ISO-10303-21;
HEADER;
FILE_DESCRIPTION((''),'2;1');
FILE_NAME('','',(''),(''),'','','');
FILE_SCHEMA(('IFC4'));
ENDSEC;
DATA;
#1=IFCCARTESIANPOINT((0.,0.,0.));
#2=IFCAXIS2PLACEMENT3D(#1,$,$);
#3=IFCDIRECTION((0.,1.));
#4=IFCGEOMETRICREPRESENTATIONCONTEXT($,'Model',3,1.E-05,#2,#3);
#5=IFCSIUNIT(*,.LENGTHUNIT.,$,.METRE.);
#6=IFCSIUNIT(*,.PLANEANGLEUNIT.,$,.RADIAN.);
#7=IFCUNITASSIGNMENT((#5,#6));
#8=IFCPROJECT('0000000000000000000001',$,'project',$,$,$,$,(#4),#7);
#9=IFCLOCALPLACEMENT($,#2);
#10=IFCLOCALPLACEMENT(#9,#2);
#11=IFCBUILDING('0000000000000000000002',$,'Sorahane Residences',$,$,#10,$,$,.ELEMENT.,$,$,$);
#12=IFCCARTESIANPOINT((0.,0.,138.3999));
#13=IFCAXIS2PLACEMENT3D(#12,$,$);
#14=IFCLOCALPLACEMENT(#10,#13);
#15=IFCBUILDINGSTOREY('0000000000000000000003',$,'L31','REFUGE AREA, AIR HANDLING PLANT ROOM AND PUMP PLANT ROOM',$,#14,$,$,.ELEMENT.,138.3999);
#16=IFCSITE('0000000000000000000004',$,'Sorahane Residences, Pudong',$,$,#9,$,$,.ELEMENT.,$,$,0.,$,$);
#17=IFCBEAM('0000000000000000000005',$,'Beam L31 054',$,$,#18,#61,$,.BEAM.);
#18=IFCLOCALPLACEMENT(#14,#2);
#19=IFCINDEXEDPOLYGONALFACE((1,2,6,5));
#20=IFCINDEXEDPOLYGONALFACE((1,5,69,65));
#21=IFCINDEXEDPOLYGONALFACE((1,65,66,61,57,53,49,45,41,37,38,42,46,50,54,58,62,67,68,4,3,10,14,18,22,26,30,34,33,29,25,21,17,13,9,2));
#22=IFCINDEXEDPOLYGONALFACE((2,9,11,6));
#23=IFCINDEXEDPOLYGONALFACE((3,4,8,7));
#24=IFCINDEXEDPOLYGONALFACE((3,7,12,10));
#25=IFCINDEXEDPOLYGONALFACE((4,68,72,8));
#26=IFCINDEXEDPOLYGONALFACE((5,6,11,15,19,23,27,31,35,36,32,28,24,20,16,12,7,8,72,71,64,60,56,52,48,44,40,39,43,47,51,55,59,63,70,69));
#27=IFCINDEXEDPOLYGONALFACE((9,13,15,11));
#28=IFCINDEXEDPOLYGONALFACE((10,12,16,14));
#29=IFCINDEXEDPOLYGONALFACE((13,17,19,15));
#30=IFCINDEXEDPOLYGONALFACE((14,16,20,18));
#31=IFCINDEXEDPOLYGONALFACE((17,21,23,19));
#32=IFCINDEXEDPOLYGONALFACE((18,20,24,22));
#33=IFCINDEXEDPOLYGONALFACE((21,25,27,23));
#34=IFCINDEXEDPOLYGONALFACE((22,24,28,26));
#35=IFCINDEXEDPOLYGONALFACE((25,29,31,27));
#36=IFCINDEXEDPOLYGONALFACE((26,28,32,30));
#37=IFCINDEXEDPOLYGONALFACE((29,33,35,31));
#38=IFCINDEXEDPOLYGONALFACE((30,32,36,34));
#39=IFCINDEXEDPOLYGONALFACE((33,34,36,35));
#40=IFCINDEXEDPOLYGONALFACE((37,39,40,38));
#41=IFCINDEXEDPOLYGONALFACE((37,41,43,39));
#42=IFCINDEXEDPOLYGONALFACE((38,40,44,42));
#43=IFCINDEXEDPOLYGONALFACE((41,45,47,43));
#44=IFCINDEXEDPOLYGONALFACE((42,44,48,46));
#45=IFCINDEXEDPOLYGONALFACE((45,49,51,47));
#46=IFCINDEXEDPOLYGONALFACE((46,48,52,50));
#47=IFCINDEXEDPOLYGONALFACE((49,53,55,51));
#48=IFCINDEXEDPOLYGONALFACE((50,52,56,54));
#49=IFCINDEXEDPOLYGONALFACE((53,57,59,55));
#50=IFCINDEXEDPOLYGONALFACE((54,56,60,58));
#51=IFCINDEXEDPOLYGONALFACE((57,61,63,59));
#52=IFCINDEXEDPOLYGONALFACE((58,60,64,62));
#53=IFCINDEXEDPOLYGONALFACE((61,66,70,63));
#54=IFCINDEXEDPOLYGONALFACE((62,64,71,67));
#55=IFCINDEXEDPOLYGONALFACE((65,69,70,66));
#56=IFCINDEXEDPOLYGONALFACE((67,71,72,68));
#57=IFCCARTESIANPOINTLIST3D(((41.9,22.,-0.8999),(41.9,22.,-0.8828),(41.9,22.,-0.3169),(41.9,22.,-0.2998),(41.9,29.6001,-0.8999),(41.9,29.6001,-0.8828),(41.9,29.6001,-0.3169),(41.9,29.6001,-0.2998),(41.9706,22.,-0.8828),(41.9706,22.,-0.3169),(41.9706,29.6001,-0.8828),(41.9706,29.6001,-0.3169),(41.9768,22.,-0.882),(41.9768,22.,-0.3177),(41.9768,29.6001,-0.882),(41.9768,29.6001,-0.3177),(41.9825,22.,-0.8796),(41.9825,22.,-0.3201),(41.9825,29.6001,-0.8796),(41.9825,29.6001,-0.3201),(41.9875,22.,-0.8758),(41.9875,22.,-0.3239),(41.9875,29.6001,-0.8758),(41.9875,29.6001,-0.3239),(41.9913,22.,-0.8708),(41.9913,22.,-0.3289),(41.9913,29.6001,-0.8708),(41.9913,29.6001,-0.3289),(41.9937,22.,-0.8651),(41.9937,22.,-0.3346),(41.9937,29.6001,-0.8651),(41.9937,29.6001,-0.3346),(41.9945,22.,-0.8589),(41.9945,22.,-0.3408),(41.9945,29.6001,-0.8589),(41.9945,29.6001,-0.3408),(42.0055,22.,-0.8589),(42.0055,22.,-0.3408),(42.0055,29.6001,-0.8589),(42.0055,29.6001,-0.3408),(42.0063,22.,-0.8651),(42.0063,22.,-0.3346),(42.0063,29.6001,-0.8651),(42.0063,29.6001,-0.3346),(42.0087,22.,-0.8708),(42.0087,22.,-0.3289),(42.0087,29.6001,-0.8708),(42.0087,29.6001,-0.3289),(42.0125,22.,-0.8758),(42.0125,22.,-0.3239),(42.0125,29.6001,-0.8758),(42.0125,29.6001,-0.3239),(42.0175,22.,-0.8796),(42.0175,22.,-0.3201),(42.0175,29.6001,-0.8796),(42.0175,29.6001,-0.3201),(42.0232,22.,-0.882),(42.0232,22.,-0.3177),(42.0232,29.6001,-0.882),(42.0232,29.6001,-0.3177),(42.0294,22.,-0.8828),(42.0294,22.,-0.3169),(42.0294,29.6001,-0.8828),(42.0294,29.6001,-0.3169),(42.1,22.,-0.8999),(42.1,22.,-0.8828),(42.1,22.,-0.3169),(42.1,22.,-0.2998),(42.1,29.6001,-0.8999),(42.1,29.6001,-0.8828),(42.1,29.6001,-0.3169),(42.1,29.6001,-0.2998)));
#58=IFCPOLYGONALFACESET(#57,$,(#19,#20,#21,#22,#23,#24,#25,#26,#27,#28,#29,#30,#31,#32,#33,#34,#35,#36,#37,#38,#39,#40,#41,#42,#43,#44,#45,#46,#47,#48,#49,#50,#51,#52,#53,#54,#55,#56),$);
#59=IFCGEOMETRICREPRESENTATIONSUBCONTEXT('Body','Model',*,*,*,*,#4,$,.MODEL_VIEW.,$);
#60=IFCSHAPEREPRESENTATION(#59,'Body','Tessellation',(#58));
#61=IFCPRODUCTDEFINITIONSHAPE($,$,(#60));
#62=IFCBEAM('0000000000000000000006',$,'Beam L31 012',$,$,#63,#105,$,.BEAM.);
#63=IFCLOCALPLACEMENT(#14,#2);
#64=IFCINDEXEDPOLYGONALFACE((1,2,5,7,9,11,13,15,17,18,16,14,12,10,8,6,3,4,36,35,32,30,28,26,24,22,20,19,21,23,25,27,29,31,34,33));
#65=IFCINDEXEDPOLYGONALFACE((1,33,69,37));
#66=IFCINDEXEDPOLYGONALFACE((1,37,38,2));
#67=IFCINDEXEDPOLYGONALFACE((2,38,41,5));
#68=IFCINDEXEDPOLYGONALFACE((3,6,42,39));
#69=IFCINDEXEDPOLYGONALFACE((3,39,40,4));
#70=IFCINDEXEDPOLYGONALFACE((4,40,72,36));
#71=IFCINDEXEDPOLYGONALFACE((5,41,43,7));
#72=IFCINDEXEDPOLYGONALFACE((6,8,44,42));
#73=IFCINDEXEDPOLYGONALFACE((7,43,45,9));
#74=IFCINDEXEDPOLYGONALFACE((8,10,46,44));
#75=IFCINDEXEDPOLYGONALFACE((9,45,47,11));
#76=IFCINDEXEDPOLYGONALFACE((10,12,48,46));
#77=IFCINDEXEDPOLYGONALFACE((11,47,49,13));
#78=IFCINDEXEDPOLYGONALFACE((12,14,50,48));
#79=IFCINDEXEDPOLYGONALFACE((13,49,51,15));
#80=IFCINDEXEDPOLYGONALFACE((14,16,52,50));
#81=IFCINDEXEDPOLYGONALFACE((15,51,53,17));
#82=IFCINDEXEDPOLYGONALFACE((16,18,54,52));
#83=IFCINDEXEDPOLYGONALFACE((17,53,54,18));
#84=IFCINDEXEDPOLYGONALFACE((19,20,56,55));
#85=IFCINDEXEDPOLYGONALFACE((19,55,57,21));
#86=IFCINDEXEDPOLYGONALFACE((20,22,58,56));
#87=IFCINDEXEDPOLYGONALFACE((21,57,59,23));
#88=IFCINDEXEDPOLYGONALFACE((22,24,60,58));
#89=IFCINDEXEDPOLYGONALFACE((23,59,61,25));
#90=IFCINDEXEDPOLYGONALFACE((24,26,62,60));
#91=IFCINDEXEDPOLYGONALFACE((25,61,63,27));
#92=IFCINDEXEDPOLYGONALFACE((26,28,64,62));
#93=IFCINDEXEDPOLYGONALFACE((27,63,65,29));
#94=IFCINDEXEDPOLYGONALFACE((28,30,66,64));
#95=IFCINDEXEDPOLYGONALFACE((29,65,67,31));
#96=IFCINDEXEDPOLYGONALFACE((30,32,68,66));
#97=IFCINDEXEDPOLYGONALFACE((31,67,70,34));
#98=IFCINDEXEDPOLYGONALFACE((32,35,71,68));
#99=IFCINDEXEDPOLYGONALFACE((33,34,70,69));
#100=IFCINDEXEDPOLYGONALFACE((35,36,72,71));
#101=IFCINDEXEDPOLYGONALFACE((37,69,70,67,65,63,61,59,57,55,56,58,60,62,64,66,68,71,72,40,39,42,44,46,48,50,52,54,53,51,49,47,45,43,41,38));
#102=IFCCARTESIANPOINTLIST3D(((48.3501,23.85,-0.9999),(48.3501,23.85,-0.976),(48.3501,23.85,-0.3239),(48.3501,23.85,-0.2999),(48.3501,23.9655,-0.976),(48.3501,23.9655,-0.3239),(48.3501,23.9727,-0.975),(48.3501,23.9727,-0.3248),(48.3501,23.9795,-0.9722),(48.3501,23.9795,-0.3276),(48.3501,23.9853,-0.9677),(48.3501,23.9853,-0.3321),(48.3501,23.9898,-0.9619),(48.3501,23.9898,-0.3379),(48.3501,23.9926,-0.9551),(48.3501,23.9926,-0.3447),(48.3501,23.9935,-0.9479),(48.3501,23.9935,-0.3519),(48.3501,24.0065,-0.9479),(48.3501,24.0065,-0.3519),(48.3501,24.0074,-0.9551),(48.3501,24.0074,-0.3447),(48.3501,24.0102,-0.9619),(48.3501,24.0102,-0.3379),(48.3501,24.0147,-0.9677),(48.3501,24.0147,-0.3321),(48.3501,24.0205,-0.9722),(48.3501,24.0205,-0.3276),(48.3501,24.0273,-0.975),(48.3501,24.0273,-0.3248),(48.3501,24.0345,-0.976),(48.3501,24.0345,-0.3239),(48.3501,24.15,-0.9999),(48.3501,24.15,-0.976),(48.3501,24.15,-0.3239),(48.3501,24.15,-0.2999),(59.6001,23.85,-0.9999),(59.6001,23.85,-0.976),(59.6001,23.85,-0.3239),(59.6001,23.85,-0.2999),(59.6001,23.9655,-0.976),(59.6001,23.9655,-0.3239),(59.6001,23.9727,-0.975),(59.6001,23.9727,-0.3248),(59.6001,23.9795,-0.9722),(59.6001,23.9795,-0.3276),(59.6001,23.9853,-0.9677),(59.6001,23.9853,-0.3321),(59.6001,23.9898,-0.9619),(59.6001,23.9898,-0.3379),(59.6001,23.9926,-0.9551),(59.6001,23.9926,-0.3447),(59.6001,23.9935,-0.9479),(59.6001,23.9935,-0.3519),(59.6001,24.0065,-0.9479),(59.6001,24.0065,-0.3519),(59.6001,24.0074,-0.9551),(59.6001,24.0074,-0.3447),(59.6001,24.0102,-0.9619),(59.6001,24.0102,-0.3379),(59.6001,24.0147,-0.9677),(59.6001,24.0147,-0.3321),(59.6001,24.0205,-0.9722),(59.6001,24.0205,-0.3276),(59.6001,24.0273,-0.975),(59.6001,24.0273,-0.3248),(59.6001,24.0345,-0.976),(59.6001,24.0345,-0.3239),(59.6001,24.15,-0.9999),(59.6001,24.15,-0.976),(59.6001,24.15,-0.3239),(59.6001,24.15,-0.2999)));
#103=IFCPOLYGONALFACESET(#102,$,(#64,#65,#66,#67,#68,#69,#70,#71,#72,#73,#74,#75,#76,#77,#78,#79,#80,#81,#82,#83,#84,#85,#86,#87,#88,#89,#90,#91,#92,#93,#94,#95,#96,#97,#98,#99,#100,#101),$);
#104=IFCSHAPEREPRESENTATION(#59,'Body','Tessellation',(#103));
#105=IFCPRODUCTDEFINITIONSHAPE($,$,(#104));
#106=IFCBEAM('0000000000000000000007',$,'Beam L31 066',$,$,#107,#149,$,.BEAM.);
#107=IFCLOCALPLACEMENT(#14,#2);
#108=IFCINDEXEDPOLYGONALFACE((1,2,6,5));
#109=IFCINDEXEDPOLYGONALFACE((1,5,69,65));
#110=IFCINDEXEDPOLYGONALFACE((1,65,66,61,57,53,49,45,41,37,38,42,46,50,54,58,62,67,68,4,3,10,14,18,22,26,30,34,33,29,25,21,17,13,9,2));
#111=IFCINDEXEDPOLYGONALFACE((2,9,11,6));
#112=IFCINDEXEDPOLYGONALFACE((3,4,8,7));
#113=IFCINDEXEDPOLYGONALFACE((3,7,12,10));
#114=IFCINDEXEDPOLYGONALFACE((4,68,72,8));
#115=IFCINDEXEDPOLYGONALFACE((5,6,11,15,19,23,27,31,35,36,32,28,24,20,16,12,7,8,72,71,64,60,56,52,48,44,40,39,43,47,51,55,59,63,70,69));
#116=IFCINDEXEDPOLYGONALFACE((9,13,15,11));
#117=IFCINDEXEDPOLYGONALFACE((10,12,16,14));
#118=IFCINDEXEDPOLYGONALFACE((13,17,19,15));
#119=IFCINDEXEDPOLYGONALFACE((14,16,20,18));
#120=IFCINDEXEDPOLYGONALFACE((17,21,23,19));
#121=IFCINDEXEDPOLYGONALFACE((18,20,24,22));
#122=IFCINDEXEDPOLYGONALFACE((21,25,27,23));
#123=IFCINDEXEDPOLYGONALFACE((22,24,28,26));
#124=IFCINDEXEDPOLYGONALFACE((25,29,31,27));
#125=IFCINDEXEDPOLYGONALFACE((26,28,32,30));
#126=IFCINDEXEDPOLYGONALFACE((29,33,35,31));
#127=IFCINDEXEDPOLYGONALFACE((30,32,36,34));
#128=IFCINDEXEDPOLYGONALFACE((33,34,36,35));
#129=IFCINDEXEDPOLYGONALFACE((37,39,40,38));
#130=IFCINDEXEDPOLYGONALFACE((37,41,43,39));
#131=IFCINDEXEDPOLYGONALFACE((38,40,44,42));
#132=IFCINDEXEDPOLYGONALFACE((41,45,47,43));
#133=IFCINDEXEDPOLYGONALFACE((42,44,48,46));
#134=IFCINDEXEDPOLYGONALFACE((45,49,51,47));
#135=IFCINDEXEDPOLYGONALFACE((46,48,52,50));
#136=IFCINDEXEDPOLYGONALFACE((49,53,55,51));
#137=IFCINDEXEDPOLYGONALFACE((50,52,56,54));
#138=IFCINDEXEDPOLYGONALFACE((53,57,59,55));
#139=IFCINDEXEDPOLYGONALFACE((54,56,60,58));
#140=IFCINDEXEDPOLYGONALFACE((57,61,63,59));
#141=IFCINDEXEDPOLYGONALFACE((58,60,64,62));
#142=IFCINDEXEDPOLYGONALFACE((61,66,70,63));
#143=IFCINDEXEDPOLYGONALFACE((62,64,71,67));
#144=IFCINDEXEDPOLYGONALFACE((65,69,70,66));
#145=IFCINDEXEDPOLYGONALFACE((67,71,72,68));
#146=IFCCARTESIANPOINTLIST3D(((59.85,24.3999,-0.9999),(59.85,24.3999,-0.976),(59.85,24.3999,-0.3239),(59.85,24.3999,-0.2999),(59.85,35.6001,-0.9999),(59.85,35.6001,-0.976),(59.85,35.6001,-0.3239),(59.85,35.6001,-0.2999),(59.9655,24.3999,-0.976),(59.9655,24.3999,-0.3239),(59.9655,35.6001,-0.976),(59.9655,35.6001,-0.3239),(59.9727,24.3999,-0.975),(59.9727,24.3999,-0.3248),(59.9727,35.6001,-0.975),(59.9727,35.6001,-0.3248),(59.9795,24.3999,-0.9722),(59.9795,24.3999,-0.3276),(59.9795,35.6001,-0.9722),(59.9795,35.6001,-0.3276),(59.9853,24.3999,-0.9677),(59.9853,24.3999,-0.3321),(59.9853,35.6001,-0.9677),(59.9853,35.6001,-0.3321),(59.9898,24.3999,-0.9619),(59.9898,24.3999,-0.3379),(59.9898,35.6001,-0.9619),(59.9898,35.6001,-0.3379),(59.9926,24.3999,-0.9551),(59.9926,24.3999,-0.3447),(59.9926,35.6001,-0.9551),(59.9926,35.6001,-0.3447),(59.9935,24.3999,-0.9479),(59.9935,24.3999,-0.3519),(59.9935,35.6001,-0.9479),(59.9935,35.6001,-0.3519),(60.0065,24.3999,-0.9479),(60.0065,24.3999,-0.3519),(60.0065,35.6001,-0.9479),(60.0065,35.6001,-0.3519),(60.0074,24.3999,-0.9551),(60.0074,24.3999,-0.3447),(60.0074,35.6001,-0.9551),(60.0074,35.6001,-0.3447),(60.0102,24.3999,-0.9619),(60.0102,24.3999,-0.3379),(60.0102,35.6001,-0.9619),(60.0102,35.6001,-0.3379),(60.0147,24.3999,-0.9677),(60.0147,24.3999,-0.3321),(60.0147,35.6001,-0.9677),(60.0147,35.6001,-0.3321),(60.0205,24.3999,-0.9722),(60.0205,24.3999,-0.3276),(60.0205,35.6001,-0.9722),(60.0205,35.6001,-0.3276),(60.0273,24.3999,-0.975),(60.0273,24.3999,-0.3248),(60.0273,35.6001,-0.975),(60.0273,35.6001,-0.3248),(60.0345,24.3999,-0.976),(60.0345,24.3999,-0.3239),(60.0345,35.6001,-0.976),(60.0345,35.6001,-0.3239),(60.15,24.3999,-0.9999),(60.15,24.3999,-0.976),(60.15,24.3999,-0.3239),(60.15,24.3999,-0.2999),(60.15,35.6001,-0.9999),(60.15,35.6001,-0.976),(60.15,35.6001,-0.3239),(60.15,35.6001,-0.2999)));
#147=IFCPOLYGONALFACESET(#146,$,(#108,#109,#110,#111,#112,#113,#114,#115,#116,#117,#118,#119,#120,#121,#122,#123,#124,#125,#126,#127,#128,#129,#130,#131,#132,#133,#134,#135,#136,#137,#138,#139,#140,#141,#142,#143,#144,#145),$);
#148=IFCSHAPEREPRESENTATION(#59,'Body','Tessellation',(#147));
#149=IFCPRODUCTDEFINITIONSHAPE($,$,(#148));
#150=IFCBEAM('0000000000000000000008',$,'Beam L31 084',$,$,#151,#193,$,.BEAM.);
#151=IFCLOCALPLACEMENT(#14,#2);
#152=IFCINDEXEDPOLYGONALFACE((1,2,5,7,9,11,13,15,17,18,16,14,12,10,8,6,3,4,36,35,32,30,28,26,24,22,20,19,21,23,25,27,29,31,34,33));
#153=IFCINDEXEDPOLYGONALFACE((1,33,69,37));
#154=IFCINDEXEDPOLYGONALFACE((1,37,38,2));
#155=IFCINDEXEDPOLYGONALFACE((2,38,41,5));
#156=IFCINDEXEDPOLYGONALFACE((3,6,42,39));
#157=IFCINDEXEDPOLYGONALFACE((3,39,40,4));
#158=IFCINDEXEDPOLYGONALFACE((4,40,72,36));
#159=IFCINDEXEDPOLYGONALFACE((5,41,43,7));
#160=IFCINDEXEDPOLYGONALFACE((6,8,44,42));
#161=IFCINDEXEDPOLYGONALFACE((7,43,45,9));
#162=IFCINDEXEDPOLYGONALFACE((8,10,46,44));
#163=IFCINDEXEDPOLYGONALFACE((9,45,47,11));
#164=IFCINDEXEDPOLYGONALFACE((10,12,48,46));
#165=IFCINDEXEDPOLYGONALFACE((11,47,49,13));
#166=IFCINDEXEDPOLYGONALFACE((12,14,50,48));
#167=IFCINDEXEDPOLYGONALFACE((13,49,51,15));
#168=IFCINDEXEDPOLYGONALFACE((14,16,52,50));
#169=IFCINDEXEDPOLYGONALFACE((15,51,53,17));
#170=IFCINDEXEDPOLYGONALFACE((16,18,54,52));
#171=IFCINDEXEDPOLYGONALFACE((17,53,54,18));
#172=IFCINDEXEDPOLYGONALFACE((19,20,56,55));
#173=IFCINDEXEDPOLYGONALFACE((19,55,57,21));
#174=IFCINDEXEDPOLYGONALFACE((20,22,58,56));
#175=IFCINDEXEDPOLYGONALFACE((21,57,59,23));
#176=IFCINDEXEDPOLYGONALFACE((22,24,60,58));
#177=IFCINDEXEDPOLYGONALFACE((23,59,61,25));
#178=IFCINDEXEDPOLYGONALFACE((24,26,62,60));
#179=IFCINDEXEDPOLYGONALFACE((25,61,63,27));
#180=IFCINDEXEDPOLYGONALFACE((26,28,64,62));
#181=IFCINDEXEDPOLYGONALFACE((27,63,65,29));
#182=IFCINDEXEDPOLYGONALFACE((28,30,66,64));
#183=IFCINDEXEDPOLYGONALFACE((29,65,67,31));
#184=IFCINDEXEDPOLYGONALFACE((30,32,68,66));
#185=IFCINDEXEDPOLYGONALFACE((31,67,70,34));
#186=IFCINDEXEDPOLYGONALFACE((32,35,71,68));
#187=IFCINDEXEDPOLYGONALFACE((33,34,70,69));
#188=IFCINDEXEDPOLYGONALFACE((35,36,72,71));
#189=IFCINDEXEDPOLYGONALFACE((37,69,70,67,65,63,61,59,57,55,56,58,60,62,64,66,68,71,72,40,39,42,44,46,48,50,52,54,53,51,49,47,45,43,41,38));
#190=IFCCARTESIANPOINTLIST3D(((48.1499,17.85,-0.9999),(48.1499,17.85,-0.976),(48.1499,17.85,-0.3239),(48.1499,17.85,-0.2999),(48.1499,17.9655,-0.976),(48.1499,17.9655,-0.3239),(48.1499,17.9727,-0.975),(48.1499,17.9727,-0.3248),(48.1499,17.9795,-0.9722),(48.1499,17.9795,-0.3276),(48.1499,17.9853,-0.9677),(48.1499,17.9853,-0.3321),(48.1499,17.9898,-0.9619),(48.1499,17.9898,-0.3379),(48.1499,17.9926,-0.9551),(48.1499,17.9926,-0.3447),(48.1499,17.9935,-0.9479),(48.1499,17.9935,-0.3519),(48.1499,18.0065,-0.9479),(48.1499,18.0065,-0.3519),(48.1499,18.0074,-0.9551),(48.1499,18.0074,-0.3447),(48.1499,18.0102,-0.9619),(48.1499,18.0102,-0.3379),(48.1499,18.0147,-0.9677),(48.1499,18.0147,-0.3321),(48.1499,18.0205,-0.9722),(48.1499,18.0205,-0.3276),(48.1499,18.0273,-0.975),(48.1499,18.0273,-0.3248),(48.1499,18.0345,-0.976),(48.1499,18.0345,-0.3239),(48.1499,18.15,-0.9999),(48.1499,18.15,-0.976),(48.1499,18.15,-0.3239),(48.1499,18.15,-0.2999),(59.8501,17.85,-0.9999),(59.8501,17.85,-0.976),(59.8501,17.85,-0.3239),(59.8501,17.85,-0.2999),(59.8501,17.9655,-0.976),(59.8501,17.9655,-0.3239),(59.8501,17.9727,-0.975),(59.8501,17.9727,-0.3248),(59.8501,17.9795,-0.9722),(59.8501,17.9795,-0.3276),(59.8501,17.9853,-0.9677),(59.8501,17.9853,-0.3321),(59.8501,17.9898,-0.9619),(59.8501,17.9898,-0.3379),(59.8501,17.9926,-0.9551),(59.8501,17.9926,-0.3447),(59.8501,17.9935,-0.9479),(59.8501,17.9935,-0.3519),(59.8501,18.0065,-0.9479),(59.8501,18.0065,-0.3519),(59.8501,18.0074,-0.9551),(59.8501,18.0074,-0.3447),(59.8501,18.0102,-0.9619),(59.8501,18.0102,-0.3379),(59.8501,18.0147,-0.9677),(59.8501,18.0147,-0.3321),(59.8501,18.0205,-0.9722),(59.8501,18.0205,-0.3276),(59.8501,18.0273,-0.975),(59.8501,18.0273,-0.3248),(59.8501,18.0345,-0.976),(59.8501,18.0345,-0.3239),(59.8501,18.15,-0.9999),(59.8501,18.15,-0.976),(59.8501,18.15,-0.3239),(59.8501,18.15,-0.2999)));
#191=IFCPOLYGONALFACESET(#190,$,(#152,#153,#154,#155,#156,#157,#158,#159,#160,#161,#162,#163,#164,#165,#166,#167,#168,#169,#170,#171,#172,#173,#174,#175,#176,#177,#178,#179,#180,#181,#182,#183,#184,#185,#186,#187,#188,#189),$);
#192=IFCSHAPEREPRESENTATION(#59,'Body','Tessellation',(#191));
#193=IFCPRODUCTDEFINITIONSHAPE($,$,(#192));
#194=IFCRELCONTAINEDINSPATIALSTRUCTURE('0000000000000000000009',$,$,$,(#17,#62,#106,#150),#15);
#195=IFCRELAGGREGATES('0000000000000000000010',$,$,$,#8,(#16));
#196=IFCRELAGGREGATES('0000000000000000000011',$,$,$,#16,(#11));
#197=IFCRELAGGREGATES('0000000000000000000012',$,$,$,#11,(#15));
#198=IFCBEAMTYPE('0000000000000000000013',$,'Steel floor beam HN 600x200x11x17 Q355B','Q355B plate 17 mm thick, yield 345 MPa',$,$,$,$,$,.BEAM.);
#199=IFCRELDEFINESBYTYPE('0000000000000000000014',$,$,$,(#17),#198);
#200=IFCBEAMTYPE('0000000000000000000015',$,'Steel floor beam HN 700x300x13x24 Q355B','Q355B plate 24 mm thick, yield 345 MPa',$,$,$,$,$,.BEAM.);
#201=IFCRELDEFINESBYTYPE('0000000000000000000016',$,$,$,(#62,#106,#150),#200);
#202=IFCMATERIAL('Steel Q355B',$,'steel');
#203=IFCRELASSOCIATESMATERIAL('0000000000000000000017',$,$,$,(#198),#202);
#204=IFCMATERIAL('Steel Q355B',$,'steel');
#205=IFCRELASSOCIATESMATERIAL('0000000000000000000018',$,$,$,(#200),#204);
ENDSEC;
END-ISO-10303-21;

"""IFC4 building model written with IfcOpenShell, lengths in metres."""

from ifc_helpers import new_model, si_unit, direction, frame, origin, origin_2d, place, context, subcontext, project, spatial, i_section, extrude, material, material_profile, profile_set, type_object, element, save


model = new_model("IFC4")

# Units and contexts
model_context = context("Model", 3, precision=1e-05, world=origin(), true_north=direction((0.0, 1.0)))
body_context = subcontext(model_context, "Body", "Model", "MODEL_VIEW")
ifc_project = project(units=[si_unit("LENGTHUNIT", "METRE"), si_unit("PLANEANGLEUNIT", "RADIAN")], contexts=[model_context])

# Site, building, storey
site_placement = place(None, origin())
site = spatial("IfcSite", under=ifc_project, at=site_placement, Name="Sorahane Residences, Pudong", CompositionType="ELEMENT", RefElevation=0.0)
building_placement = place(site_placement, origin())
building = spatial("IfcBuilding", under=site, at=building_placement, Name="Sorahane Residences", CompositionType="ELEMENT")
storey_placement = place(building_placement, frame((0.0, 0.0, 138.3999)))
storey = spatial("IfcBuildingStorey", under=building, at=storey_placement, Name="L31", Description="REFUGE AREA, AIR HANDLING PLANT ROOM AND PUMP PLANT ROOM", CompositionType="ELEMENT", Elevation=138.3999)

# Beams
ifc_material_1 = material(Name="Steel Q355B", Category="steel")
ifc_material_profile_1 = material_profile(ifc_material_1, i_section(OverallWidth=0.2, OverallDepth=0.6001, WebThickness=0.011, FlangeThickness=0.0171, FilletRadius=0.0239, at=origin_2d()), Name="HN 600x200x11x17")
ifc_profile_set_1 = profile_set([ifc_material_profile_1], Name="Steel Q355B")
beam_type_1 = type_object("IfcBeamType", Name="Steel floor beam HN 600x200x11x17 Q355B", Description="Q355B plate 17 mm thick, yield 345 MPa", PredefinedType="BEAM", material=ifc_profile_set_1)
beam_1_placement = place(storey_placement, frame((42.0, 22.0, -0.5999), z_axis=(0.0, 1.0, 0.0), x_axis=(-1.0, 0.0, 0.0)))
element("IfcBeam", 1, at=beam_1_placement, inside=storey, type_object=beam_type_1, Name="Beam L31 054", PredefinedType="BEAM", context=body_context, shape_type="SweptSolid", body=[
    extrude(i_section(OverallWidth=0.2, OverallDepth=0.6001, WebThickness=0.011, FlangeThickness=0.0171, FilletRadius=0.0239, at=origin_2d()), origin(), (0.0, 0.0, 1.0), 7.6001),
])
ifc_material_2 = material(Name="Steel Q355B", Category="steel")
ifc_material_profile_2 = material_profile(ifc_material_2, i_section(OverallWidth=0.3, OverallDepth=0.7, WebThickness=0.0129, FlangeThickness=0.0239, FilletRadius=0.0281, at=origin_2d()), Name="HN 700x300x13x24")
ifc_profile_set_2 = profile_set([ifc_material_profile_2], Name="Steel Q355B")
beam_type_2 = type_object("IfcBeamType", Name="Steel floor beam HN 700x300x13x24 Q355B", Description="Q355B plate 24 mm thick, yield 345 MPa", PredefinedType="BEAM", material=ifc_profile_set_2)
beam_2_placement = place(storey_placement, frame((48.3501, 24.0, -0.6499), z_axis=(1.0, 0.0, 0.0), x_axis=(0.0, 1.0, 0.0)))
element("IfcBeam", 2, at=beam_2_placement, inside=storey, type_object=beam_type_2, Name="Beam L31 012", PredefinedType="BEAM", context=body_context, shape_type="SweptSolid", body=[
    extrude(i_section(OverallWidth=0.3, OverallDepth=0.7, WebThickness=0.0129, FlangeThickness=0.0239, FilletRadius=0.0281, at=origin_2d()), origin(), (0.0, 0.0, 1.0), 11.25),
])
beam_3_placement = place(storey_placement, frame((60.0, 24.3999, -0.6499), z_axis=(0.0, 1.0, 0.0), x_axis=(-1.0, 0.0, 0.0)))
element("IfcBeam", 3, at=beam_3_placement, inside=storey, type_object=beam_type_2, Name="Beam L31 066", PredefinedType="BEAM", context=body_context, shape_type="SweptSolid", body=[
    extrude(i_section(OverallWidth=0.3, OverallDepth=0.7, WebThickness=0.0129, FlangeThickness=0.0239, FilletRadius=0.0281, at=origin_2d()), origin(), (0.0, 0.0, 1.0), 11.2002),
])
beam_4_placement = place(storey_placement, frame((48.1499, 18.0, -0.6499), z_axis=(1.0, 0.0, 0.0), x_axis=(0.0, 1.0, 0.0)))
element("IfcBeam", 4, at=beam_4_placement, inside=storey, type_object=beam_type_2, Name="Beam L31 084", PredefinedType="BEAM", context=body_context, shape_type="SweptSolid", body=[
    extrude(i_section(OverallWidth=0.3, OverallDepth=0.7, WebThickness=0.0129, FlangeThickness=0.0239, FilletRadius=0.0281, at=origin_2d()), origin(), (0.0, 0.0, 1.0), 11.7002),
])

save(model, "model.ifc")
